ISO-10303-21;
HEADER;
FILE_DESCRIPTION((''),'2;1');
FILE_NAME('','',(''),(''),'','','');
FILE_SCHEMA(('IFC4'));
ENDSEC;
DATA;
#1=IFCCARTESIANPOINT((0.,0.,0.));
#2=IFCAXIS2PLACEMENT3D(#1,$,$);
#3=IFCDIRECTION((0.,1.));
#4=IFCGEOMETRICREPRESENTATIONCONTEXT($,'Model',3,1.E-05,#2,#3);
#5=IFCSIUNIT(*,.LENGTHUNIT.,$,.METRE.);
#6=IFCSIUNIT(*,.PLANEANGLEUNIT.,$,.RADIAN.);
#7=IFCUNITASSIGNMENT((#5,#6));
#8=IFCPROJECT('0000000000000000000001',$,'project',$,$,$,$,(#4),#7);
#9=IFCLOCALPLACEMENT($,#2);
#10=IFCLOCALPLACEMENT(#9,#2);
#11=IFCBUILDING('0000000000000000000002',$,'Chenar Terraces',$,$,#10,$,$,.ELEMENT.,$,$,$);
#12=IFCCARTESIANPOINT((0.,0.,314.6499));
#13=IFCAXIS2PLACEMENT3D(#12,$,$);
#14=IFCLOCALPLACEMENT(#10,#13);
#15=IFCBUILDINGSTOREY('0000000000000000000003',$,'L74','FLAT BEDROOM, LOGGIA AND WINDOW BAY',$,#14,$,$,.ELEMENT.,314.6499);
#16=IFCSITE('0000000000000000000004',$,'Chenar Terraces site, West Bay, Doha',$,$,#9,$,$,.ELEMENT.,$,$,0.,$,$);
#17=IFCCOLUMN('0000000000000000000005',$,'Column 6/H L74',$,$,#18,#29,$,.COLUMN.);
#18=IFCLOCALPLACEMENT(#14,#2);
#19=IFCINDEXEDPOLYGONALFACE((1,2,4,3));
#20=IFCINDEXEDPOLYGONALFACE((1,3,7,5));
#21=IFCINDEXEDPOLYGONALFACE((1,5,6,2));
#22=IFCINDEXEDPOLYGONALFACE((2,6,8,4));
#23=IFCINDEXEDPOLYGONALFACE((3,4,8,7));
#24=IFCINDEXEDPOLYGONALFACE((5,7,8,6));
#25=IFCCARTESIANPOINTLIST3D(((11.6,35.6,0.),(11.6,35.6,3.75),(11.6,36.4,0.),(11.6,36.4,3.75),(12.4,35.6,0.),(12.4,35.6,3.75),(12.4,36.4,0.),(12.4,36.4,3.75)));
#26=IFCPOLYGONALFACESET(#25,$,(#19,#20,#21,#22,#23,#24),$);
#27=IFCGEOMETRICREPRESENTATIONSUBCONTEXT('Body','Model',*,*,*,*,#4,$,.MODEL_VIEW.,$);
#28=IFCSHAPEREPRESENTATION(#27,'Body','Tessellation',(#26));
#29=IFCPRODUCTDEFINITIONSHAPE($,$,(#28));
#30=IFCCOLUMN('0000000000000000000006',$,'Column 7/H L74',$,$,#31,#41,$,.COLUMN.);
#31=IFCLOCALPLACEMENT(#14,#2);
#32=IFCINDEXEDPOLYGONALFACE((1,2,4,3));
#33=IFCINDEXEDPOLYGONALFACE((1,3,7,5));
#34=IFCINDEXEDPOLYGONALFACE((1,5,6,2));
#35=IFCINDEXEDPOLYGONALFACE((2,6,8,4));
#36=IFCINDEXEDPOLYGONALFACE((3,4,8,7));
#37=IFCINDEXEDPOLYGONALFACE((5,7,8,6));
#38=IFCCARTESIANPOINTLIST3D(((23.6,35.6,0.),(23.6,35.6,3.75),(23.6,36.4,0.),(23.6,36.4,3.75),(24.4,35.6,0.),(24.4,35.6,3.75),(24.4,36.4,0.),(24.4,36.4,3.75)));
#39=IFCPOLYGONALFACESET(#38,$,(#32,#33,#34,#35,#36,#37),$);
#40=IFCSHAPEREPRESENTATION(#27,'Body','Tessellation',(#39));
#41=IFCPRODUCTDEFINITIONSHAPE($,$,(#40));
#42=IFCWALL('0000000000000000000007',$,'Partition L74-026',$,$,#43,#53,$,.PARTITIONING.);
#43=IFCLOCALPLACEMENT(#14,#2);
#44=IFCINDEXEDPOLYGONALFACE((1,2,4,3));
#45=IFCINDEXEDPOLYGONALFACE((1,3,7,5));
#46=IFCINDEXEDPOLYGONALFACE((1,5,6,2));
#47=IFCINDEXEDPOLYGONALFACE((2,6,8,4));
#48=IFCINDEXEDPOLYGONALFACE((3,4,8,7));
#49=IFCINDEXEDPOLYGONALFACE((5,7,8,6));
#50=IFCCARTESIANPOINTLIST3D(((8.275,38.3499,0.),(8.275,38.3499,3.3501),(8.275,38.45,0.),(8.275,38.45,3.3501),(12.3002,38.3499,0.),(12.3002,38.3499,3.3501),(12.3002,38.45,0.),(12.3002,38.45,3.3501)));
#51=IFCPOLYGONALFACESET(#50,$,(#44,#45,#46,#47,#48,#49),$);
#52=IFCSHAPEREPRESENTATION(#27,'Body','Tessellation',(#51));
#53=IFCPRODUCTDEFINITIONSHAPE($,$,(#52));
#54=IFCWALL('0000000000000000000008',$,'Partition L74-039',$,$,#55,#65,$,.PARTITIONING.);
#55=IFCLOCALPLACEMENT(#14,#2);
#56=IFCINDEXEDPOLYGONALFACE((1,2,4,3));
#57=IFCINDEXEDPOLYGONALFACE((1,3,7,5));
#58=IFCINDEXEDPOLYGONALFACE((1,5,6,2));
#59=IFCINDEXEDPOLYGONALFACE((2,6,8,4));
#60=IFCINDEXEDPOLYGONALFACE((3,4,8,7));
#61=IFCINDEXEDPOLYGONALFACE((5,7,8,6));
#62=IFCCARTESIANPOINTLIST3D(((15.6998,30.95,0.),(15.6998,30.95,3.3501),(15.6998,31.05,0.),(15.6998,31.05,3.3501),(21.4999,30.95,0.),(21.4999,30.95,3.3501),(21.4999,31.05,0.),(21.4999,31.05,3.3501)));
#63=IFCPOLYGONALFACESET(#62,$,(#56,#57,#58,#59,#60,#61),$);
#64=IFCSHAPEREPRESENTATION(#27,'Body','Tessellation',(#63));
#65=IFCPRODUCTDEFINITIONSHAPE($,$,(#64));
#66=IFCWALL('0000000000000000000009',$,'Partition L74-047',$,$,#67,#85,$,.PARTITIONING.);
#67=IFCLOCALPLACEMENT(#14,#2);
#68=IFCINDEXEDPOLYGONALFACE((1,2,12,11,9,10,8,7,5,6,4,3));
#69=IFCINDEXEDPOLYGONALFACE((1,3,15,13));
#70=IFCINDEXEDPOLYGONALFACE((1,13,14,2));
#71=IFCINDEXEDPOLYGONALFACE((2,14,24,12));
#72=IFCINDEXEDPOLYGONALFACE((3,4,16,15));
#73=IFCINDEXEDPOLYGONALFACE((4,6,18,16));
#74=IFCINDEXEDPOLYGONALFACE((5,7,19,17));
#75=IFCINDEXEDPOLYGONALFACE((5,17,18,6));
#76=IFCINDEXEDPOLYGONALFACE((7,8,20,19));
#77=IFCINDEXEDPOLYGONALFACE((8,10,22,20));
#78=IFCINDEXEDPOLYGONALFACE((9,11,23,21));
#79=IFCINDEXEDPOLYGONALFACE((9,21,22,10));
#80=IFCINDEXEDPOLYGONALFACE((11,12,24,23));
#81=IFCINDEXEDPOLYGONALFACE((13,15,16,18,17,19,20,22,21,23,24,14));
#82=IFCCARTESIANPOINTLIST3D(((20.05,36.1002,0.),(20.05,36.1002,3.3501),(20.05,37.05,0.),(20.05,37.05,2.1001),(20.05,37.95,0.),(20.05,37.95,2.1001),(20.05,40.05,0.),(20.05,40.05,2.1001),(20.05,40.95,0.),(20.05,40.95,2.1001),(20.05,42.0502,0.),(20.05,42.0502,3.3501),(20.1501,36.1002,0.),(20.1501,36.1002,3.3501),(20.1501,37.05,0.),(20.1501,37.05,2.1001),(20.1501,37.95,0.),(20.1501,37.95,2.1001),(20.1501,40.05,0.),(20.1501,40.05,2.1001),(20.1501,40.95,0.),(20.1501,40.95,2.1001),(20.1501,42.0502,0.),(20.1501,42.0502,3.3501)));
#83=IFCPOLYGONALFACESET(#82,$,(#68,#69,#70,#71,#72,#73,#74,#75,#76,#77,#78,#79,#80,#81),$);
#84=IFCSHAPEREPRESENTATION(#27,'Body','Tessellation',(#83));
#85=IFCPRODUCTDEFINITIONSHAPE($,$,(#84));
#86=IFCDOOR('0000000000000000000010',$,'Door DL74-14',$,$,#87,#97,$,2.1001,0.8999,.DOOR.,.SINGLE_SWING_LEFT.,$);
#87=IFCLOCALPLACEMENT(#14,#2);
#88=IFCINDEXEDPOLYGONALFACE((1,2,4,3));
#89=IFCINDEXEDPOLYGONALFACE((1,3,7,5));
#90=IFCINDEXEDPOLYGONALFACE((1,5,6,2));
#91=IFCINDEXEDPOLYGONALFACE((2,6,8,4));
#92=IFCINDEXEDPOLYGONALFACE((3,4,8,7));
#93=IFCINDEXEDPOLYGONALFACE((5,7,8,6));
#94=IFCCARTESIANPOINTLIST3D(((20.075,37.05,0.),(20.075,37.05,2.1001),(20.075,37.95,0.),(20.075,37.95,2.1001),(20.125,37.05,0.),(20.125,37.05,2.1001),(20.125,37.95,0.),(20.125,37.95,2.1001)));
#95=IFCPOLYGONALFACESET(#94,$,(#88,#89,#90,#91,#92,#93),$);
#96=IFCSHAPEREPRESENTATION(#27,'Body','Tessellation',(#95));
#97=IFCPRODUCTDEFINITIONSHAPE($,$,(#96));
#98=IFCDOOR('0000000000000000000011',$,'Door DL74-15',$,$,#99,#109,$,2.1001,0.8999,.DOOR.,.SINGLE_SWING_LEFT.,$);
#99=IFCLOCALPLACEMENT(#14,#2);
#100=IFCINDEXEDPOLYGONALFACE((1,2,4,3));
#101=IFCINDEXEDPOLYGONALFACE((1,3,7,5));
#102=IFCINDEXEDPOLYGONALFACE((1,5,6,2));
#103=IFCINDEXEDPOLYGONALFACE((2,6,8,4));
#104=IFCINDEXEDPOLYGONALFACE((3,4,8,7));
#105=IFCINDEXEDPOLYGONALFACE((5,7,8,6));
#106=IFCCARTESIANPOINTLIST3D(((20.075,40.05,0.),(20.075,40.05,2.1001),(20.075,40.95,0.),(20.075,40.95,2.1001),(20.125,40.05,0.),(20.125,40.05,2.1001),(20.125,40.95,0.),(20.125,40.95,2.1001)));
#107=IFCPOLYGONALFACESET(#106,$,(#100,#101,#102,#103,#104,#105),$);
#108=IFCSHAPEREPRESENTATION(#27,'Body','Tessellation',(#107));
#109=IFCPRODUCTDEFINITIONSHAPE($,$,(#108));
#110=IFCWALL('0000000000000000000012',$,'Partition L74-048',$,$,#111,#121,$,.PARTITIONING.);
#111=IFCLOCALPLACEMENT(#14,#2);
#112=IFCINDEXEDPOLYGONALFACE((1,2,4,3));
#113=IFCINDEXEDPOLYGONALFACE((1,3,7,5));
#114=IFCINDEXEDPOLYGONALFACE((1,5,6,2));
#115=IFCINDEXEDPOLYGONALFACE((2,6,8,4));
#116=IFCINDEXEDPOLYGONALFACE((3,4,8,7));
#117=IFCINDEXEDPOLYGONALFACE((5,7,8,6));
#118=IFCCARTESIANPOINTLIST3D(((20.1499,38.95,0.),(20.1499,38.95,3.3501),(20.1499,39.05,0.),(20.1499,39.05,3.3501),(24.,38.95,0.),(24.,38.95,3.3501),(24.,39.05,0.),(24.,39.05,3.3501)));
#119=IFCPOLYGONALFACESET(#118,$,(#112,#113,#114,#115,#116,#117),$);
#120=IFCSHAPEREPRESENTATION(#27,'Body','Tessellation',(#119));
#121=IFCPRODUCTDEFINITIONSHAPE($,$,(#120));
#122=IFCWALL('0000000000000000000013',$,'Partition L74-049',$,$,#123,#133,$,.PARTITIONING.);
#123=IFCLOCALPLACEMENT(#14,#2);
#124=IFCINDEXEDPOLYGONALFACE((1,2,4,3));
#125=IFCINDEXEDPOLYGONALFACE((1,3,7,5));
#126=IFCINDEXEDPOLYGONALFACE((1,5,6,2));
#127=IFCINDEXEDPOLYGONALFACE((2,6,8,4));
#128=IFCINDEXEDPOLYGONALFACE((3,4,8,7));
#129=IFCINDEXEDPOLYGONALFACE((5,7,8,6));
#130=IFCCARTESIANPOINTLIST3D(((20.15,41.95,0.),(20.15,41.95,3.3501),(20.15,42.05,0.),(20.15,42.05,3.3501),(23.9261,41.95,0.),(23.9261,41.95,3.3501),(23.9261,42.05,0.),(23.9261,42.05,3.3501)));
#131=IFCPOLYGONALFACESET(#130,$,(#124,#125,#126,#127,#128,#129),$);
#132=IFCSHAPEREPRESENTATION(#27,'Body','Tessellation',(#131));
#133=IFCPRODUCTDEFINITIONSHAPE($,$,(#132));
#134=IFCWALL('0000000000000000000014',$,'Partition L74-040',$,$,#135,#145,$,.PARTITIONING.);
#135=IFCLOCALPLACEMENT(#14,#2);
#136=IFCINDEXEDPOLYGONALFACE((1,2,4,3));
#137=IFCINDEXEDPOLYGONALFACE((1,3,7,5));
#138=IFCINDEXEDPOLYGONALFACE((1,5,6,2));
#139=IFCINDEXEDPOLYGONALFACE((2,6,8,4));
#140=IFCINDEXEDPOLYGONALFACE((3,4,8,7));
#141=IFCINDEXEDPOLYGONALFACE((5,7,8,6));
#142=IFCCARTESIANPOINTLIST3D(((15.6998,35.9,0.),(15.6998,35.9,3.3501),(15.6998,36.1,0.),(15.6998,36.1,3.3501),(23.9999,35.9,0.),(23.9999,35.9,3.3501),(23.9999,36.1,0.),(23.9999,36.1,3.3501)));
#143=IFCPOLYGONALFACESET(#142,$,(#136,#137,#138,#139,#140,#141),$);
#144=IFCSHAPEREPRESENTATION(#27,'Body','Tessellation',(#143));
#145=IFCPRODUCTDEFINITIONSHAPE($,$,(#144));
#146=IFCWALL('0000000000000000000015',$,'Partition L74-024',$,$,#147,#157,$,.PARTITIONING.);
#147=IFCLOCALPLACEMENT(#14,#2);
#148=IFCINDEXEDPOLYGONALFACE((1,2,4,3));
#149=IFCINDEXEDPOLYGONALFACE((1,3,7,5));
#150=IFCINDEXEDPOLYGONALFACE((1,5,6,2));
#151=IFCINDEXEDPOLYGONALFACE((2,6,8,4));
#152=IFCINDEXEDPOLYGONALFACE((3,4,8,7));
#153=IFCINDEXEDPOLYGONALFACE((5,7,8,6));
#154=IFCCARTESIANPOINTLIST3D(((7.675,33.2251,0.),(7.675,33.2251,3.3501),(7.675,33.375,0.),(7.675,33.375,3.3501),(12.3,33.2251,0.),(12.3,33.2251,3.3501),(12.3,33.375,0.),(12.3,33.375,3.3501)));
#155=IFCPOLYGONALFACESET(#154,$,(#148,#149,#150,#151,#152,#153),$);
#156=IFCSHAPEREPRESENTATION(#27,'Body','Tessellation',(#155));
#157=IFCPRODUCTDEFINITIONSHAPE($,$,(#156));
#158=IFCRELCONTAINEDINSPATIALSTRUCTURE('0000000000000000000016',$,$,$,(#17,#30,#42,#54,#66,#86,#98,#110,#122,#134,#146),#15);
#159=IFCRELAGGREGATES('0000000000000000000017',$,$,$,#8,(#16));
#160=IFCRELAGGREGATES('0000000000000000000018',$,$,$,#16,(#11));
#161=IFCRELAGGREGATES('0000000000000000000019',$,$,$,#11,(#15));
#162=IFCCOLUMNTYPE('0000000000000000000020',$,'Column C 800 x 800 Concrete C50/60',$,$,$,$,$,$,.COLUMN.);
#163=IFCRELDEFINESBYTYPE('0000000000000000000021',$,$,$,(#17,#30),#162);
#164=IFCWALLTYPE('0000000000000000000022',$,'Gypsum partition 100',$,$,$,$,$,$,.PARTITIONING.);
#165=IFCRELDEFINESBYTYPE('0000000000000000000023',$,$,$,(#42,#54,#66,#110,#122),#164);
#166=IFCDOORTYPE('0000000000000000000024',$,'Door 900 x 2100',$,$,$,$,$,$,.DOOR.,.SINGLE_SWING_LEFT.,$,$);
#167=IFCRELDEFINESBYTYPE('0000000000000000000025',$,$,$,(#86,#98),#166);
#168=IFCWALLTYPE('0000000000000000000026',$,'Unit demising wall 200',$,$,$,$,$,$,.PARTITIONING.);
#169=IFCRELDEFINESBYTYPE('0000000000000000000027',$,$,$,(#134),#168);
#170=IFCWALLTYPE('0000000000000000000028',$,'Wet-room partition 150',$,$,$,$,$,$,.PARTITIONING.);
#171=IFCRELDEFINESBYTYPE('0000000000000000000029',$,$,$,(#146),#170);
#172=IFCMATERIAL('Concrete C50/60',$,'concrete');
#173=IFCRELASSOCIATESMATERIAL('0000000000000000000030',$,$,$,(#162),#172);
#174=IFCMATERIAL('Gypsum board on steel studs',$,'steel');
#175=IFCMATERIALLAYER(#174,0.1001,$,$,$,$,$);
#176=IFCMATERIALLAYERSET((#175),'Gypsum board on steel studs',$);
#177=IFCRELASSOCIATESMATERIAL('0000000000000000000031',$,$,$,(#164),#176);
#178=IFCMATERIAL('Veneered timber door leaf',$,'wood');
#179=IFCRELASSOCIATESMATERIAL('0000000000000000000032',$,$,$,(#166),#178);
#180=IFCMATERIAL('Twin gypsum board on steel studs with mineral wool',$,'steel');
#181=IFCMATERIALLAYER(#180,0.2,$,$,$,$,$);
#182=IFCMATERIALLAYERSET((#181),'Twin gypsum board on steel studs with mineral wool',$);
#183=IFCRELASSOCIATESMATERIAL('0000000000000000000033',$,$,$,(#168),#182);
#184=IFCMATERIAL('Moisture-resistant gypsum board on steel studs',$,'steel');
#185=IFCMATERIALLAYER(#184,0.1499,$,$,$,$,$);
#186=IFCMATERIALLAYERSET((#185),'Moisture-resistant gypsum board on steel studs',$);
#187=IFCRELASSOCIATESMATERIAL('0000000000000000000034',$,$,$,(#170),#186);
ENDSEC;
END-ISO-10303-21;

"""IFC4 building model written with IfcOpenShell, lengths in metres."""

from ifc_helpers import new_model, si_unit, direction, frame, frame_2d, origin, origin_2d, place, context, subcontext, project, spatial, rectangle, extrude, material, layer, layer_set, material_profile, profile_set, type_object, element, fill, save


model = new_model("IFC4")

# Units and contexts
model_context = context("Model", 3, precision=1e-05, world=origin(), true_north=direction((0.0, 1.0)))
body_context = subcontext(model_context, "Body", "Model", "MODEL_VIEW")
ifc_project = project(units=[si_unit("LENGTHUNIT", "METRE"), si_unit("PLANEANGLEUNIT", "RADIAN")], contexts=[model_context])

# Site, building, storey
site_placement = place(None, origin())
site = spatial("IfcSite", under=ifc_project, at=site_placement, Name="Chenar Terraces site, West Bay, Doha", CompositionType="ELEMENT", RefElevation=0.0)
building_placement = place(site_placement, origin())
building = spatial("IfcBuilding", under=site, at=building_placement, Name="Chenar Terraces", CompositionType="ELEMENT")
storey_placement = place(building_placement, frame((0.0, 0.0, 314.6499)))
storey = spatial("IfcBuildingStorey", under=building, at=storey_placement, Name="L74", Description="FLAT BEDROOM, LOGGIA AND WINDOW BAY", CompositionType="ELEMENT", Elevation=314.6499)

# Columns
ifc_material_1 = material(Name="Concrete C50/60", Category="concrete")
ifc_material_profile = material_profile(ifc_material_1, rectangle(XDim=0.8, YDim=0.8, at=origin_2d()), Name="C 800 x 800")
ifc_profile_set = profile_set([ifc_material_profile], Name="Concrete C50/60")
column_type = type_object("IfcColumnType", Name="Column C 800 x 800 Concrete C50/60", PredefinedType="COLUMN", material=ifc_profile_set)
for number, where, z_axis, x_axis, name in (
    (1, (12.0, 36.0, 0.0), (0.0, 0.0, 1.0), (1.0, 0.0, 0.0), "Column 6/H L74"),
    (2, (24.0, 36.0, 0.0), (0.0, 0.0, 1.0), (1.0, 0.0, 0.0), "Column 7/H L74"),
):
    element("IfcColumn", number, at=place(storey_placement, frame(where, z_axis=z_axis, x_axis=x_axis)), inside=storey, type_object=column_type, Name=name, PredefinedType="COLUMN", context=body_context, shape_type="SweptSolid", body=[
        extrude(rectangle(XDim=0.8, YDim=0.8, at=origin_2d()), origin(), (0.0, 0.0, 1.0), 3.75),
    ])

# Walls
ifc_material_2 = material(Name="Gypsum board on steel studs", Category="steel")
ifc_layer_1 = layer(ifc_material_2, 0.1001)
ifc_layer_set_1 = layer_set([ifc_layer_1], Name="Gypsum board on steel studs")
wall_type_1 = type_object("IfcWallType", Name="Gypsum partition 100", PredefinedType="PARTITIONING", material=ifc_layer_set_1)
wall_1_placement = place(storey_placement, frame((8.2749, 38.3999, 0.0), z_axis=(0.0, 0.0, 1.0), x_axis=(1.0, 0.0, 0.0)))
element("IfcWall", 3, at=wall_1_placement, inside=storey, type_object=wall_type_1, Name="Partition L74-026", PredefinedType="PARTITIONING", context=body_context, shape_type="SweptSolid", body=[
    extrude(rectangle(XDim=4.0251, YDim=0.1001, at=frame_2d((2.0127, 0.0))), origin(), (0.0, 0.0, 1.0), 3.3501),
])
wall_2_placement = place(storey_placement, frame((15.7, 31.0, 0.0), z_axis=(0.0, 0.0, 1.0), x_axis=(1.0, 0.0, 0.0)))
element("IfcWall", 4, at=wall_2_placement, inside=storey, type_object=wall_type_1, Name="Partition L74-039", PredefinedType="PARTITIONING", context=body_context, shape_type="SweptSolid", body=[
    extrude(rectangle(XDim=5.8, YDim=0.1001, at=frame_2d((2.8999, 0.0))), origin(), (0.0, 0.0, 1.0), 3.3501),
])

# Wall, openings, doors
wall_3_placement = place(storey_placement, frame((20.1001, 36.1001, 0.0), z_axis=(0.0, 0.0, 1.0), x_axis=(0.0, 1.0, 0.0)))
wall_3 = element("IfcWall", 5, at=wall_3_placement, inside=storey, type_object=wall_type_1, Name="Partition L74-047", PredefinedType="PARTITIONING", context=body_context, shape_type="SweptSolid", body=[
    extrude(rectangle(XDim=5.95, YDim=0.1001, at=frame_2d((2.9751, 0.0))), origin(), (0.0, 0.0, 1.0), 3.3501),
])
opening_1_placement = place(wall_3_placement, frame((0.95, 0.0, 0.0)))
opening_1 = element("IfcOpeningElement", 6, at=opening_1_placement, cuts=wall_3, PredefinedType="OPENING", context=body_context, shape_type="SweptSolid", body=[
    extrude(rectangle(XDim=0.8999, YDim=2.1001, at=frame_2d((0.45, 1.05))), frame((0.0, 0.0601, 0.0), z_axis=(0.0, -1.0, 0.0), x_axis=(1.0, 0.0, 0.0)), (0.0, 0.0, 1.0), 0.1201),
])
opening_2_placement = place(wall_3_placement, frame((3.95, 0.0, 0.0)))
opening_2 = element("IfcOpeningElement", 7, at=opening_2_placement, cuts=wall_3, PredefinedType="OPENING", context=body_context, shape_type="SweptSolid", body=[
    extrude(rectangle(XDim=0.8999, YDim=2.1001, at=frame_2d((0.45, 1.05))), frame((0.0, 0.0601, 0.0), z_axis=(0.0, -1.0, 0.0), x_axis=(1.0, 0.0, 0.0)), (0.0, 0.0, 1.0), 0.1201),
])
ifc_material_3 = material(Name="Veneered timber door leaf", Category="wood")
door_type_1 = type_object("IfcDoorType", Name="Door 900 x 2100", OperationType="SINGLE_SWING_LEFT", PredefinedType="DOOR", material=ifc_material_3)
door_1_placement = place(opening_1_placement, frame((0.8999, 0.0, 0.0), z_axis=(0.0, 0.0, 1.0), x_axis=(-1.0, 0.0, 0.0)))
door_1 = element("IfcDoor", 8, at=door_1_placement, inside=storey, type_object=door_type_1, Name="Door DL74-14", OperationType="SINGLE_SWING_LEFT", OverallHeight=2.1001, OverallWidth=0.8999, PredefinedType="DOOR", context=body_context, shape_type="SweptSolid", body=[
    extrude(rectangle(XDim=0.8999, YDim=2.1001, at=frame_2d((0.45, 1.05))), frame((0.0, 0.0249, 0.0), z_axis=(0.0, -1.0, 0.0), x_axis=(1.0, 0.0, 0.0)), (0.0, 0.0, 1.0), 0.05),
])
fill(opening_1, door_1)
door_2_placement = place(opening_2_placement, frame((0.8999, 0.0, 0.0), z_axis=(0.0, 0.0, 1.0), x_axis=(-1.0, 0.0, 0.0)))
door_2 = element("IfcDoor", 9, at=door_2_placement, inside=storey, type_object=door_type_1, Name="Door DL74-15", OperationType="SINGLE_SWING_LEFT", OverallHeight=2.1001, OverallWidth=0.8999, PredefinedType="DOOR", context=body_context, shape_type="SweptSolid", body=[
    extrude(rectangle(XDim=0.8999, YDim=2.1001, at=frame_2d((0.45, 1.05))), frame((0.0, 0.0249, 0.0), z_axis=(0.0, -1.0, 0.0), x_axis=(1.0, 0.0, 0.0)), (0.0, 0.0, 1.0), 0.05),
])
fill(opening_2, door_2)

# Walls
wall_4_placement = place(storey_placement, frame((20.1499, 39.0, 0.0), z_axis=(0.0, 0.0, 1.0), x_axis=(1.0, 0.0, 0.0)))
element("IfcWall", 10, at=wall_4_placement, inside=storey, type_object=wall_type_1, Name="Partition L74-048", PredefinedType="PARTITIONING", context=body_context, shape_type="SweptSolid", body=[
    extrude(rectangle(XDim=3.8501, YDim=0.1001, at=frame_2d((1.925, 0.0))), origin(), (0.0, 0.0, 1.0), 3.3501),
])
wall_5_placement = place(storey_placement, frame((20.1499, 42.0, 0.0), z_axis=(0.0, 0.0, 1.0), x_axis=(1.0, 0.0, 0.0)))
element("IfcWall", 11, at=wall_5_placement, inside=storey, type_object=wall_type_1, Name="Partition L74-049", PredefinedType="PARTITIONING", context=body_context, shape_type="SweptSolid", body=[
    extrude(rectangle(XDim=3.7761, YDim=0.1001, at=frame_2d((1.8882, 0.0))), origin(), (0.0, 0.0, 1.0), 3.3501),
])
ifc_material_4 = material(Name="Twin gypsum board on steel studs with mineral wool", Category="steel")
ifc_layer_2 = layer(ifc_material_4, 0.2)
ifc_layer_set_2 = layer_set([ifc_layer_2], Name="Twin gypsum board on steel studs with mineral wool")
wall_type_2 = type_object("IfcWallType", Name="Unit demising wall 200", PredefinedType="PARTITIONING", material=ifc_layer_set_2)
wall_6_placement = place(storey_placement, frame((15.7, 36.0, 0.0), z_axis=(0.0, 0.0, 1.0), x_axis=(1.0, 0.0, 0.0)))
element("IfcWall", 12, at=wall_6_placement, inside=storey, type_object=wall_type_2, Name="Partition L74-040", PredefinedType="PARTITIONING", context=body_context, shape_type="SweptSolid", body=[
    extrude(rectangle(XDim=8.3, YDim=0.2, at=frame_2d((4.1499, 0.0))), origin(), (0.0, 0.0, 1.0), 3.3501),
])
ifc_material_5 = material(Name="Moisture-resistant gypsum board on steel studs", Category="steel")
ifc_layer_3 = layer(ifc_material_5, 0.1499)
ifc_layer_set_3 = layer_set([ifc_layer_3], Name="Moisture-resistant gypsum board on steel studs")
wall_type_3 = type_object("IfcWallType", Name="Wet-room partition 150", PredefinedType="PARTITIONING", material=ifc_layer_set_3)
wall_7_placement = place(storey_placement, frame((7.675, 33.3, 0.0), z_axis=(0.0, 0.0, 1.0), x_axis=(1.0, 0.0, 0.0)))
element("IfcWall", 13, at=wall_7_placement, inside=storey, type_object=wall_type_3, Name="Partition L74-024", PredefinedType="PARTITIONING", context=body_context, shape_type="SweptSolid", body=[
    extrude(rectangle(XDim=4.625, YDim=0.1499, at=frame_2d((2.3125, 0.0))), origin(), (0.0, 0.0, 1.0), 3.3501),
])

save(model, "model.ifc")
